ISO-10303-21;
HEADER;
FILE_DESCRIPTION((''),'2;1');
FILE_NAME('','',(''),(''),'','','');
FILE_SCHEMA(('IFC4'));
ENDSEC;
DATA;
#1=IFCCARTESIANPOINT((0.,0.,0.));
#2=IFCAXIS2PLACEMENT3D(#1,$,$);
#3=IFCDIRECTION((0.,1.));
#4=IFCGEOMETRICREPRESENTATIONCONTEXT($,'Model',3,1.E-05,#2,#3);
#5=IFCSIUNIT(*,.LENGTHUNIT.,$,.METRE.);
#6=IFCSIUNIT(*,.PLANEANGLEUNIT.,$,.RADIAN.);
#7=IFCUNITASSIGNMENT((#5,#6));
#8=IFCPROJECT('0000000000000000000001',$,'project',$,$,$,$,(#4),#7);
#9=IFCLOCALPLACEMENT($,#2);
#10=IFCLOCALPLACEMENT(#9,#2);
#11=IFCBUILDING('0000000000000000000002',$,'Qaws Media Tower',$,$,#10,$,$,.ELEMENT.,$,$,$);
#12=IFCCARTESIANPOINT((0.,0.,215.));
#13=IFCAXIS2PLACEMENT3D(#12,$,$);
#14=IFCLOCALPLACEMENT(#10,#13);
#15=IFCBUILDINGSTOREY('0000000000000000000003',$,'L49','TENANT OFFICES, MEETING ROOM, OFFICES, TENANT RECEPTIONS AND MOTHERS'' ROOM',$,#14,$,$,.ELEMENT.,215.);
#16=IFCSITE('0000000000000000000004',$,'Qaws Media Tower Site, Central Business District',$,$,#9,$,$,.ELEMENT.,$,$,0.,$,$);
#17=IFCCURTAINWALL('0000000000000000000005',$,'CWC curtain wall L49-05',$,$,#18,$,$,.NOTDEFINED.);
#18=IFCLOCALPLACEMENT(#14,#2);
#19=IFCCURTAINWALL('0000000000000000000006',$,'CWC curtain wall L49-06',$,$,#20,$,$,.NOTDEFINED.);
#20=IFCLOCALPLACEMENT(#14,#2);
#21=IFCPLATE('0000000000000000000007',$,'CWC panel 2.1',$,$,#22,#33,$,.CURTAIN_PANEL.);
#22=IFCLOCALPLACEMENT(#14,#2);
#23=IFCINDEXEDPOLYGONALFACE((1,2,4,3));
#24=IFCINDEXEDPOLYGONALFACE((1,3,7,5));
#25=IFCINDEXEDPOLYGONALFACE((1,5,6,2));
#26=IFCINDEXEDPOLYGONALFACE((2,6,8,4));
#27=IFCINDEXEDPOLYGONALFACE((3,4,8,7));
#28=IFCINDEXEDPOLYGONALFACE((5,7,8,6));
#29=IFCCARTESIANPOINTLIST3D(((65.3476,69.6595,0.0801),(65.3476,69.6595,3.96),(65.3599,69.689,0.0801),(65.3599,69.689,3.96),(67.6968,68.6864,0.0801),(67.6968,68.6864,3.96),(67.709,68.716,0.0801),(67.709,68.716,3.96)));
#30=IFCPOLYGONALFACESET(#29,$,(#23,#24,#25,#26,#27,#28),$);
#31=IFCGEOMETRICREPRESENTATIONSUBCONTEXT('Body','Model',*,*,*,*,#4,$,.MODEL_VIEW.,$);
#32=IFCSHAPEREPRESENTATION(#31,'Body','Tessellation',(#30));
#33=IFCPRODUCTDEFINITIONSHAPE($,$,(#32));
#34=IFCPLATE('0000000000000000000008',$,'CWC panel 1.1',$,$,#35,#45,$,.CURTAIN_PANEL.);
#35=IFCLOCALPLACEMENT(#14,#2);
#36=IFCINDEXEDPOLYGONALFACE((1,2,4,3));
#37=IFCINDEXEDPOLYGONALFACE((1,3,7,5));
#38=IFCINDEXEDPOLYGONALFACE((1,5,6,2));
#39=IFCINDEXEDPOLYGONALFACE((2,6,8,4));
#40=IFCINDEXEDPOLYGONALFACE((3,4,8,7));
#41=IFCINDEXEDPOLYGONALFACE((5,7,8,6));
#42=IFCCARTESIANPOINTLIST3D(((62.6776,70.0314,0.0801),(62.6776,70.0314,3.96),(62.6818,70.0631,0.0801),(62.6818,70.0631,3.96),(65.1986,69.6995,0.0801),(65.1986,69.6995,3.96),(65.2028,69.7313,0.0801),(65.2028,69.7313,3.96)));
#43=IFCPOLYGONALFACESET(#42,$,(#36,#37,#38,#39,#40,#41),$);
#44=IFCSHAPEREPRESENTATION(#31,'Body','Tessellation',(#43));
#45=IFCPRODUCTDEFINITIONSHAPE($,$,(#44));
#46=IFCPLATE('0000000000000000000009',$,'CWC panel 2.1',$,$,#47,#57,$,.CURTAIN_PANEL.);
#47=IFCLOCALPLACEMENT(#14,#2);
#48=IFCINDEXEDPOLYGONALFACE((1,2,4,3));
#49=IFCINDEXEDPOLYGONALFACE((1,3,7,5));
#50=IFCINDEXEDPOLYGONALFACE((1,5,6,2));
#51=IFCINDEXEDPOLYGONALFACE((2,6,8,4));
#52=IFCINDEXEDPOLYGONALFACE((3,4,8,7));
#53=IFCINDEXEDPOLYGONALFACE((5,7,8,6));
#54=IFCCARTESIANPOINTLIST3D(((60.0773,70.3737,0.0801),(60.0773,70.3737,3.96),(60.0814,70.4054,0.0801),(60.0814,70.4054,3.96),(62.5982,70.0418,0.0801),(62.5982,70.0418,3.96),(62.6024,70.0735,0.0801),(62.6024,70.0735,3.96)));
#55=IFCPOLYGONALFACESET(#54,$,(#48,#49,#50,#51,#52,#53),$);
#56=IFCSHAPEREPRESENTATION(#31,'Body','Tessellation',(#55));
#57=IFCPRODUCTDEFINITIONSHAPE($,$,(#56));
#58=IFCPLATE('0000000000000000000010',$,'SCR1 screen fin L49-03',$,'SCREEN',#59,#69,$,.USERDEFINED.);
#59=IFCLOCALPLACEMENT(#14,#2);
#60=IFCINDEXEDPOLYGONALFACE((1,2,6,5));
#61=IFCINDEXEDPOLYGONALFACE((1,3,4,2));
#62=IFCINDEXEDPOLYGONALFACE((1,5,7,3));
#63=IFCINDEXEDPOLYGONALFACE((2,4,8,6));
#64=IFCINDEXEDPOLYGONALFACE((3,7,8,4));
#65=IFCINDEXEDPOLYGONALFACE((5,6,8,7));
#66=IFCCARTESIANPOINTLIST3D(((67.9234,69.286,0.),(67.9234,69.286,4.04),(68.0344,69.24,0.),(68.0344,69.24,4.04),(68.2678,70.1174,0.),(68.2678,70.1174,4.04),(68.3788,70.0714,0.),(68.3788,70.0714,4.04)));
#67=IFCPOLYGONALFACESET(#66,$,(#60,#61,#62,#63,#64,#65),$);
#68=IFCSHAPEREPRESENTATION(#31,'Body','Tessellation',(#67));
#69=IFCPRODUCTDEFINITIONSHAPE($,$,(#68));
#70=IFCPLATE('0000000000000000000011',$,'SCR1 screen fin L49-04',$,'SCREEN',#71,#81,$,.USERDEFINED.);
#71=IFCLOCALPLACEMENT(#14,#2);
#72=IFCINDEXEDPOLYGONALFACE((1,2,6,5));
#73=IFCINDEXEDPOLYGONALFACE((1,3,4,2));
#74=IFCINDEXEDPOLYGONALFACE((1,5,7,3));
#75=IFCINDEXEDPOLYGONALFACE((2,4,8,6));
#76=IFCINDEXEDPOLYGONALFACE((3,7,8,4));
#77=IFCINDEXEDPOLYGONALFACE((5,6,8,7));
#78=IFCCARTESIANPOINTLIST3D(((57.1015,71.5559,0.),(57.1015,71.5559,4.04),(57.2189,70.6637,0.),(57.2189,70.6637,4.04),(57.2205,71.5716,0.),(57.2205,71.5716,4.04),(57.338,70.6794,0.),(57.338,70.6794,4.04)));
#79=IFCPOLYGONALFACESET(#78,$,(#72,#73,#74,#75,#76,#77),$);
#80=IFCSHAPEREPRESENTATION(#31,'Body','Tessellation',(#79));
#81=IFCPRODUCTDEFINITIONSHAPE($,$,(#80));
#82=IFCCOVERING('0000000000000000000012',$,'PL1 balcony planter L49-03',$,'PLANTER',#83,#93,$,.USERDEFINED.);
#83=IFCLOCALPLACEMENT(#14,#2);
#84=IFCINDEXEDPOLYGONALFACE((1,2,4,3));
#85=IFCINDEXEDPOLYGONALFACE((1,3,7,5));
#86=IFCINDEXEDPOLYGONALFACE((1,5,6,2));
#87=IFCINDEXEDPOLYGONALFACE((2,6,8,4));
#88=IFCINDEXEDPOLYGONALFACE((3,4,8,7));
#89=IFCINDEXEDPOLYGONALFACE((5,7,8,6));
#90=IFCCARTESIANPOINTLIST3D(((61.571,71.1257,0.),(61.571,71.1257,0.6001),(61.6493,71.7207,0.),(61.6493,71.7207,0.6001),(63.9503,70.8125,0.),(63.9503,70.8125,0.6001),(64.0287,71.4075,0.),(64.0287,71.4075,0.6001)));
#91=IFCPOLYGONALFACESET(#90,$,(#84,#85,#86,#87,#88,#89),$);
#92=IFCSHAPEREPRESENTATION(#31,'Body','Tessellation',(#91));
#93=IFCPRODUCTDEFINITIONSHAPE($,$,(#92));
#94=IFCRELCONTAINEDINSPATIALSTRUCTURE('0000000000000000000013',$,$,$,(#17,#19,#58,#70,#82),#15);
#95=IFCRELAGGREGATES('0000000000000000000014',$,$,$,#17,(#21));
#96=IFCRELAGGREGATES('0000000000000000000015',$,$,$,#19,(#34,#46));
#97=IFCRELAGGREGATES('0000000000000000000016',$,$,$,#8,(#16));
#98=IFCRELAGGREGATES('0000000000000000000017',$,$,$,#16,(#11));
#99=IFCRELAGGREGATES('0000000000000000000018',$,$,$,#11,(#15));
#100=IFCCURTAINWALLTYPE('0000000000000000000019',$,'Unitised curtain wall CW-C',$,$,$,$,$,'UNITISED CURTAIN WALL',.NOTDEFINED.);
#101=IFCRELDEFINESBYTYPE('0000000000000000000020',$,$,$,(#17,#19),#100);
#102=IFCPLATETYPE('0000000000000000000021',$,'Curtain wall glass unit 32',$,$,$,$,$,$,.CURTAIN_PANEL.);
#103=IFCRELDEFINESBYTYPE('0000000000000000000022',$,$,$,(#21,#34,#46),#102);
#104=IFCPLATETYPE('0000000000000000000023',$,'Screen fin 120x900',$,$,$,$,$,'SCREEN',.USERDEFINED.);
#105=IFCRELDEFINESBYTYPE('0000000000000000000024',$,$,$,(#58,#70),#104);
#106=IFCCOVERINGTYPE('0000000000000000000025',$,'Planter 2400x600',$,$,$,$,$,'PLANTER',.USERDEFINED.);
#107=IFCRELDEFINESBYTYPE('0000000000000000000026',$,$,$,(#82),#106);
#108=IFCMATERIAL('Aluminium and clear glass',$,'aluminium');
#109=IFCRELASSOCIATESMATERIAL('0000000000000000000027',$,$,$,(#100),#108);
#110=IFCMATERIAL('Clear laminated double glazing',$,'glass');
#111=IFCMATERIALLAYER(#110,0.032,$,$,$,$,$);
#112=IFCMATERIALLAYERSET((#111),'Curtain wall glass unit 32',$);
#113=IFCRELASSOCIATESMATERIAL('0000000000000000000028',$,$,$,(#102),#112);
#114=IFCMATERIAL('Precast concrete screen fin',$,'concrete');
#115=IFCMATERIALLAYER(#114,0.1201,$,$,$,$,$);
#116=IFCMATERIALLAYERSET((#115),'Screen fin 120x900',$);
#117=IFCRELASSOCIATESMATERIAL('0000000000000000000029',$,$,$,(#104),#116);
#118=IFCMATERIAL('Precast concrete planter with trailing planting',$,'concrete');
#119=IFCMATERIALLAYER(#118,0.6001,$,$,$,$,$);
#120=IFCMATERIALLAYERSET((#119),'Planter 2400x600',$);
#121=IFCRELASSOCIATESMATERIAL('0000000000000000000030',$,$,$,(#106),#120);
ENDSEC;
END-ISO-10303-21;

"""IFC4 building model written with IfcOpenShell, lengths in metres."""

from ifc_helpers import new_model, si_unit, direction, frame, origin, origin_2d, place, context, subcontext, project, spatial, rectangle, extrude, material, layer, layer_set, type_object, element, aggregate, save


model = new_model("IFC4")

# Units and contexts
model_context = context("Model", 3, precision=1e-05, world=origin(), true_north=direction((0.0, 1.0)))
body_context = subcontext(model_context, "Body", "Model", "MODEL_VIEW")
ifc_project = project(units=[si_unit("LENGTHUNIT", "METRE"), si_unit("PLANEANGLEUNIT", "RADIAN")], contexts=[model_context])

# Site, building, storey
site_placement = place(None, origin())
site = spatial("IfcSite", under=ifc_project, at=site_placement, Name="Qaws Media Tower Site, Central Business District", CompositionType="ELEMENT", RefElevation=0.0)
building_placement = place(site_placement, origin())
building = spatial("IfcBuilding", under=site, at=building_placement, Name="Qaws Media Tower", CompositionType="ELEMENT")
storey_placement = place(building_placement, frame((0.0, 0.0, 215.0)))
storey = spatial("IfcBuildingStorey", under=building, at=storey_placement, Name="L49", Description="TENANT OFFICES, MEETING ROOM, OFFICES, TENANT RECEPTIONS AND MOTHERS' ROOM", CompositionType="ELEMENT", Elevation=215.0)

# Curtain walls
ifc_material_1 = material(Name="Aluminium and clear glass", Category="aluminium")
curtain_wall_type = type_object("IfcCurtainWallType", Name="Unitised curtain wall CW-C", ElementType="UNITISED CURTAIN WALL", PredefinedType="NOTDEFINED", material=ifc_material_1)
curtain_wall_1_placement = place(storey_placement, origin())
curtain_wall_1 = element("IfcCurtainWall", 1, at=curtain_wall_1_placement, inside=storey, type_object=curtain_wall_type, Name="CWC curtain wall L49-05", PredefinedType="NOTDEFINED")
curtain_wall_2_placement = place(storey_placement, origin())
curtain_wall_2 = element("IfcCurtainWall", 2, at=curtain_wall_2_placement, inside=storey, type_object=curtain_wall_type, Name="CWC curtain wall L49-06", PredefinedType="NOTDEFINED")

# Plates
ifc_material_2 = material(Name="Clear laminated double glazing", Category="glass")
ifc_layer_1 = layer(ifc_material_2, 0.032)
ifc_layer_set_1 = layer_set([ifc_layer_1], Name="Curtain wall glass unit 32")
plate_type_1 = type_object("IfcPlateType", Name="Curtain wall glass unit 32", PredefinedType="CURTAIN_PANEL", material=ifc_layer_set_1)
plate_1_placement = place(storey_placement, frame((66.5283, 69.1877, 0.0801), z_axis=(0.0, 0.0, 1.0), x_axis=(-0.923879, 0.382684, 0.0)))
plate_1 = element("IfcPlate", 3, at=plate_1_placement, type_object=plate_type_1, Name="CWC panel 2.1", PredefinedType="CURTAIN_PANEL", context=body_context, shape_type="SweptSolid", body=[
    extrude(rectangle(XDim=2.5427, YDim=0.032, at=origin_2d()), origin(), (0.0, 0.0, 1.0), 3.8799),
])
aggregate(curtain_wall_1, [plate_1])
plate_2_placement = place(storey_placement, frame((63.9402, 69.8813, 0.0801), z_axis=(0.0, 0.0, 1.0), x_axis=(-0.991445, 0.130526, 0.0)))
plate_2 = element("IfcPlate", 4, at=plate_2_placement, type_object=plate_type_1, Name="CWC panel 1.1", PredefinedType="CURTAIN_PANEL", context=body_context, shape_type="SweptSolid", body=[
    extrude(rectangle(XDim=2.5427, YDim=0.032, at=origin_2d()), origin(), (0.0, 0.0, 1.0), 3.8799),
])
plate_3_placement = place(storey_placement, frame((61.3398, 70.2236, 0.0801), z_axis=(0.0, 0.0, 1.0), x_axis=(-0.991445, 0.130526, 0.0)))
plate_3 = element("IfcPlate", 5, at=plate_3_placement, type_object=plate_type_1, Name="CWC panel 2.1", PredefinedType="CURTAIN_PANEL", context=body_context, shape_type="SweptSolid", body=[
    extrude(rectangle(XDim=2.5427, YDim=0.032, at=origin_2d()), origin(), (0.0, 0.0, 1.0), 3.8799),
])
aggregate(curtain_wall_2, [plate_2, plate_3])

# Plates
ifc_material_3 = material(Name="Precast concrete screen fin", Category="concrete")
ifc_layer_2 = layer(ifc_material_3, 0.1201)
ifc_layer_set_2 = layer_set([ifc_layer_2], Name="Screen fin 120x900")
plate_type_2 = type_object("IfcPlateType", Name="Screen fin 120x900", ElementType="SCREEN", PredefinedType="USERDEFINED", material=ifc_layer_set_2)
for number, where, z_axis, x_axis, name in (
    (6, (68.1511, 69.6787, 0.0), (0.0, 0.0, 1.0), (0.382683, 0.92388, 0.0), "SCR1 screen fin L49-03"),
    (7, (57.2197, 71.1177, 0.0), (0.0, 0.0, 1.0), (-0.130526, 0.991445, 0.0), "SCR1 screen fin L49-04"),
):
    element("IfcPlate", number, at=place(storey_placement, frame(where, z_axis=z_axis, x_axis=x_axis)), inside=storey, type_object=plate_type_2, Name=name, ObjectType="SCREEN", PredefinedType="USERDEFINED", context=body_context, shape_type="SweptSolid", body=[
        extrude(rectangle(XDim=0.8999, YDim=0.1201, at=origin_2d()), origin(), (0.0, 0.0, 1.0), 4.04),
    ])

# Covering
ifc_material_4 = material(Name="Precast concrete planter with trailing planting", Category="concrete")
ifc_layer_3 = layer(ifc_material_4, 0.6001)
ifc_layer_set_3 = layer_set([ifc_layer_3], Name="Planter 2400x600")
covering_type = type_object("IfcCoveringType", Name="Planter 2400x600", ElementType="PLANTER", PredefinedType="USERDEFINED", material=ifc_layer_set_3)
covering_placement = place(storey_placement, frame((62.7998, 71.2666, 0.0), z_axis=(0.0, 0.0, 1.0), x_axis=(-0.991445, 0.130526, 0.0)))
element("IfcCovering", 8, at=covering_placement, inside=storey, type_object=covering_type, Name="PL1 balcony planter L49-03", ObjectType="PLANTER", PredefinedType="USERDEFINED", context=body_context, shape_type="SweptSolid", body=[
    extrude(rectangle(XDim=2.3999, YDim=0.6001, at=origin_2d()), origin(), (0.0, 0.0, 1.0), 0.6001),
])

save(model, "model.ifc")
